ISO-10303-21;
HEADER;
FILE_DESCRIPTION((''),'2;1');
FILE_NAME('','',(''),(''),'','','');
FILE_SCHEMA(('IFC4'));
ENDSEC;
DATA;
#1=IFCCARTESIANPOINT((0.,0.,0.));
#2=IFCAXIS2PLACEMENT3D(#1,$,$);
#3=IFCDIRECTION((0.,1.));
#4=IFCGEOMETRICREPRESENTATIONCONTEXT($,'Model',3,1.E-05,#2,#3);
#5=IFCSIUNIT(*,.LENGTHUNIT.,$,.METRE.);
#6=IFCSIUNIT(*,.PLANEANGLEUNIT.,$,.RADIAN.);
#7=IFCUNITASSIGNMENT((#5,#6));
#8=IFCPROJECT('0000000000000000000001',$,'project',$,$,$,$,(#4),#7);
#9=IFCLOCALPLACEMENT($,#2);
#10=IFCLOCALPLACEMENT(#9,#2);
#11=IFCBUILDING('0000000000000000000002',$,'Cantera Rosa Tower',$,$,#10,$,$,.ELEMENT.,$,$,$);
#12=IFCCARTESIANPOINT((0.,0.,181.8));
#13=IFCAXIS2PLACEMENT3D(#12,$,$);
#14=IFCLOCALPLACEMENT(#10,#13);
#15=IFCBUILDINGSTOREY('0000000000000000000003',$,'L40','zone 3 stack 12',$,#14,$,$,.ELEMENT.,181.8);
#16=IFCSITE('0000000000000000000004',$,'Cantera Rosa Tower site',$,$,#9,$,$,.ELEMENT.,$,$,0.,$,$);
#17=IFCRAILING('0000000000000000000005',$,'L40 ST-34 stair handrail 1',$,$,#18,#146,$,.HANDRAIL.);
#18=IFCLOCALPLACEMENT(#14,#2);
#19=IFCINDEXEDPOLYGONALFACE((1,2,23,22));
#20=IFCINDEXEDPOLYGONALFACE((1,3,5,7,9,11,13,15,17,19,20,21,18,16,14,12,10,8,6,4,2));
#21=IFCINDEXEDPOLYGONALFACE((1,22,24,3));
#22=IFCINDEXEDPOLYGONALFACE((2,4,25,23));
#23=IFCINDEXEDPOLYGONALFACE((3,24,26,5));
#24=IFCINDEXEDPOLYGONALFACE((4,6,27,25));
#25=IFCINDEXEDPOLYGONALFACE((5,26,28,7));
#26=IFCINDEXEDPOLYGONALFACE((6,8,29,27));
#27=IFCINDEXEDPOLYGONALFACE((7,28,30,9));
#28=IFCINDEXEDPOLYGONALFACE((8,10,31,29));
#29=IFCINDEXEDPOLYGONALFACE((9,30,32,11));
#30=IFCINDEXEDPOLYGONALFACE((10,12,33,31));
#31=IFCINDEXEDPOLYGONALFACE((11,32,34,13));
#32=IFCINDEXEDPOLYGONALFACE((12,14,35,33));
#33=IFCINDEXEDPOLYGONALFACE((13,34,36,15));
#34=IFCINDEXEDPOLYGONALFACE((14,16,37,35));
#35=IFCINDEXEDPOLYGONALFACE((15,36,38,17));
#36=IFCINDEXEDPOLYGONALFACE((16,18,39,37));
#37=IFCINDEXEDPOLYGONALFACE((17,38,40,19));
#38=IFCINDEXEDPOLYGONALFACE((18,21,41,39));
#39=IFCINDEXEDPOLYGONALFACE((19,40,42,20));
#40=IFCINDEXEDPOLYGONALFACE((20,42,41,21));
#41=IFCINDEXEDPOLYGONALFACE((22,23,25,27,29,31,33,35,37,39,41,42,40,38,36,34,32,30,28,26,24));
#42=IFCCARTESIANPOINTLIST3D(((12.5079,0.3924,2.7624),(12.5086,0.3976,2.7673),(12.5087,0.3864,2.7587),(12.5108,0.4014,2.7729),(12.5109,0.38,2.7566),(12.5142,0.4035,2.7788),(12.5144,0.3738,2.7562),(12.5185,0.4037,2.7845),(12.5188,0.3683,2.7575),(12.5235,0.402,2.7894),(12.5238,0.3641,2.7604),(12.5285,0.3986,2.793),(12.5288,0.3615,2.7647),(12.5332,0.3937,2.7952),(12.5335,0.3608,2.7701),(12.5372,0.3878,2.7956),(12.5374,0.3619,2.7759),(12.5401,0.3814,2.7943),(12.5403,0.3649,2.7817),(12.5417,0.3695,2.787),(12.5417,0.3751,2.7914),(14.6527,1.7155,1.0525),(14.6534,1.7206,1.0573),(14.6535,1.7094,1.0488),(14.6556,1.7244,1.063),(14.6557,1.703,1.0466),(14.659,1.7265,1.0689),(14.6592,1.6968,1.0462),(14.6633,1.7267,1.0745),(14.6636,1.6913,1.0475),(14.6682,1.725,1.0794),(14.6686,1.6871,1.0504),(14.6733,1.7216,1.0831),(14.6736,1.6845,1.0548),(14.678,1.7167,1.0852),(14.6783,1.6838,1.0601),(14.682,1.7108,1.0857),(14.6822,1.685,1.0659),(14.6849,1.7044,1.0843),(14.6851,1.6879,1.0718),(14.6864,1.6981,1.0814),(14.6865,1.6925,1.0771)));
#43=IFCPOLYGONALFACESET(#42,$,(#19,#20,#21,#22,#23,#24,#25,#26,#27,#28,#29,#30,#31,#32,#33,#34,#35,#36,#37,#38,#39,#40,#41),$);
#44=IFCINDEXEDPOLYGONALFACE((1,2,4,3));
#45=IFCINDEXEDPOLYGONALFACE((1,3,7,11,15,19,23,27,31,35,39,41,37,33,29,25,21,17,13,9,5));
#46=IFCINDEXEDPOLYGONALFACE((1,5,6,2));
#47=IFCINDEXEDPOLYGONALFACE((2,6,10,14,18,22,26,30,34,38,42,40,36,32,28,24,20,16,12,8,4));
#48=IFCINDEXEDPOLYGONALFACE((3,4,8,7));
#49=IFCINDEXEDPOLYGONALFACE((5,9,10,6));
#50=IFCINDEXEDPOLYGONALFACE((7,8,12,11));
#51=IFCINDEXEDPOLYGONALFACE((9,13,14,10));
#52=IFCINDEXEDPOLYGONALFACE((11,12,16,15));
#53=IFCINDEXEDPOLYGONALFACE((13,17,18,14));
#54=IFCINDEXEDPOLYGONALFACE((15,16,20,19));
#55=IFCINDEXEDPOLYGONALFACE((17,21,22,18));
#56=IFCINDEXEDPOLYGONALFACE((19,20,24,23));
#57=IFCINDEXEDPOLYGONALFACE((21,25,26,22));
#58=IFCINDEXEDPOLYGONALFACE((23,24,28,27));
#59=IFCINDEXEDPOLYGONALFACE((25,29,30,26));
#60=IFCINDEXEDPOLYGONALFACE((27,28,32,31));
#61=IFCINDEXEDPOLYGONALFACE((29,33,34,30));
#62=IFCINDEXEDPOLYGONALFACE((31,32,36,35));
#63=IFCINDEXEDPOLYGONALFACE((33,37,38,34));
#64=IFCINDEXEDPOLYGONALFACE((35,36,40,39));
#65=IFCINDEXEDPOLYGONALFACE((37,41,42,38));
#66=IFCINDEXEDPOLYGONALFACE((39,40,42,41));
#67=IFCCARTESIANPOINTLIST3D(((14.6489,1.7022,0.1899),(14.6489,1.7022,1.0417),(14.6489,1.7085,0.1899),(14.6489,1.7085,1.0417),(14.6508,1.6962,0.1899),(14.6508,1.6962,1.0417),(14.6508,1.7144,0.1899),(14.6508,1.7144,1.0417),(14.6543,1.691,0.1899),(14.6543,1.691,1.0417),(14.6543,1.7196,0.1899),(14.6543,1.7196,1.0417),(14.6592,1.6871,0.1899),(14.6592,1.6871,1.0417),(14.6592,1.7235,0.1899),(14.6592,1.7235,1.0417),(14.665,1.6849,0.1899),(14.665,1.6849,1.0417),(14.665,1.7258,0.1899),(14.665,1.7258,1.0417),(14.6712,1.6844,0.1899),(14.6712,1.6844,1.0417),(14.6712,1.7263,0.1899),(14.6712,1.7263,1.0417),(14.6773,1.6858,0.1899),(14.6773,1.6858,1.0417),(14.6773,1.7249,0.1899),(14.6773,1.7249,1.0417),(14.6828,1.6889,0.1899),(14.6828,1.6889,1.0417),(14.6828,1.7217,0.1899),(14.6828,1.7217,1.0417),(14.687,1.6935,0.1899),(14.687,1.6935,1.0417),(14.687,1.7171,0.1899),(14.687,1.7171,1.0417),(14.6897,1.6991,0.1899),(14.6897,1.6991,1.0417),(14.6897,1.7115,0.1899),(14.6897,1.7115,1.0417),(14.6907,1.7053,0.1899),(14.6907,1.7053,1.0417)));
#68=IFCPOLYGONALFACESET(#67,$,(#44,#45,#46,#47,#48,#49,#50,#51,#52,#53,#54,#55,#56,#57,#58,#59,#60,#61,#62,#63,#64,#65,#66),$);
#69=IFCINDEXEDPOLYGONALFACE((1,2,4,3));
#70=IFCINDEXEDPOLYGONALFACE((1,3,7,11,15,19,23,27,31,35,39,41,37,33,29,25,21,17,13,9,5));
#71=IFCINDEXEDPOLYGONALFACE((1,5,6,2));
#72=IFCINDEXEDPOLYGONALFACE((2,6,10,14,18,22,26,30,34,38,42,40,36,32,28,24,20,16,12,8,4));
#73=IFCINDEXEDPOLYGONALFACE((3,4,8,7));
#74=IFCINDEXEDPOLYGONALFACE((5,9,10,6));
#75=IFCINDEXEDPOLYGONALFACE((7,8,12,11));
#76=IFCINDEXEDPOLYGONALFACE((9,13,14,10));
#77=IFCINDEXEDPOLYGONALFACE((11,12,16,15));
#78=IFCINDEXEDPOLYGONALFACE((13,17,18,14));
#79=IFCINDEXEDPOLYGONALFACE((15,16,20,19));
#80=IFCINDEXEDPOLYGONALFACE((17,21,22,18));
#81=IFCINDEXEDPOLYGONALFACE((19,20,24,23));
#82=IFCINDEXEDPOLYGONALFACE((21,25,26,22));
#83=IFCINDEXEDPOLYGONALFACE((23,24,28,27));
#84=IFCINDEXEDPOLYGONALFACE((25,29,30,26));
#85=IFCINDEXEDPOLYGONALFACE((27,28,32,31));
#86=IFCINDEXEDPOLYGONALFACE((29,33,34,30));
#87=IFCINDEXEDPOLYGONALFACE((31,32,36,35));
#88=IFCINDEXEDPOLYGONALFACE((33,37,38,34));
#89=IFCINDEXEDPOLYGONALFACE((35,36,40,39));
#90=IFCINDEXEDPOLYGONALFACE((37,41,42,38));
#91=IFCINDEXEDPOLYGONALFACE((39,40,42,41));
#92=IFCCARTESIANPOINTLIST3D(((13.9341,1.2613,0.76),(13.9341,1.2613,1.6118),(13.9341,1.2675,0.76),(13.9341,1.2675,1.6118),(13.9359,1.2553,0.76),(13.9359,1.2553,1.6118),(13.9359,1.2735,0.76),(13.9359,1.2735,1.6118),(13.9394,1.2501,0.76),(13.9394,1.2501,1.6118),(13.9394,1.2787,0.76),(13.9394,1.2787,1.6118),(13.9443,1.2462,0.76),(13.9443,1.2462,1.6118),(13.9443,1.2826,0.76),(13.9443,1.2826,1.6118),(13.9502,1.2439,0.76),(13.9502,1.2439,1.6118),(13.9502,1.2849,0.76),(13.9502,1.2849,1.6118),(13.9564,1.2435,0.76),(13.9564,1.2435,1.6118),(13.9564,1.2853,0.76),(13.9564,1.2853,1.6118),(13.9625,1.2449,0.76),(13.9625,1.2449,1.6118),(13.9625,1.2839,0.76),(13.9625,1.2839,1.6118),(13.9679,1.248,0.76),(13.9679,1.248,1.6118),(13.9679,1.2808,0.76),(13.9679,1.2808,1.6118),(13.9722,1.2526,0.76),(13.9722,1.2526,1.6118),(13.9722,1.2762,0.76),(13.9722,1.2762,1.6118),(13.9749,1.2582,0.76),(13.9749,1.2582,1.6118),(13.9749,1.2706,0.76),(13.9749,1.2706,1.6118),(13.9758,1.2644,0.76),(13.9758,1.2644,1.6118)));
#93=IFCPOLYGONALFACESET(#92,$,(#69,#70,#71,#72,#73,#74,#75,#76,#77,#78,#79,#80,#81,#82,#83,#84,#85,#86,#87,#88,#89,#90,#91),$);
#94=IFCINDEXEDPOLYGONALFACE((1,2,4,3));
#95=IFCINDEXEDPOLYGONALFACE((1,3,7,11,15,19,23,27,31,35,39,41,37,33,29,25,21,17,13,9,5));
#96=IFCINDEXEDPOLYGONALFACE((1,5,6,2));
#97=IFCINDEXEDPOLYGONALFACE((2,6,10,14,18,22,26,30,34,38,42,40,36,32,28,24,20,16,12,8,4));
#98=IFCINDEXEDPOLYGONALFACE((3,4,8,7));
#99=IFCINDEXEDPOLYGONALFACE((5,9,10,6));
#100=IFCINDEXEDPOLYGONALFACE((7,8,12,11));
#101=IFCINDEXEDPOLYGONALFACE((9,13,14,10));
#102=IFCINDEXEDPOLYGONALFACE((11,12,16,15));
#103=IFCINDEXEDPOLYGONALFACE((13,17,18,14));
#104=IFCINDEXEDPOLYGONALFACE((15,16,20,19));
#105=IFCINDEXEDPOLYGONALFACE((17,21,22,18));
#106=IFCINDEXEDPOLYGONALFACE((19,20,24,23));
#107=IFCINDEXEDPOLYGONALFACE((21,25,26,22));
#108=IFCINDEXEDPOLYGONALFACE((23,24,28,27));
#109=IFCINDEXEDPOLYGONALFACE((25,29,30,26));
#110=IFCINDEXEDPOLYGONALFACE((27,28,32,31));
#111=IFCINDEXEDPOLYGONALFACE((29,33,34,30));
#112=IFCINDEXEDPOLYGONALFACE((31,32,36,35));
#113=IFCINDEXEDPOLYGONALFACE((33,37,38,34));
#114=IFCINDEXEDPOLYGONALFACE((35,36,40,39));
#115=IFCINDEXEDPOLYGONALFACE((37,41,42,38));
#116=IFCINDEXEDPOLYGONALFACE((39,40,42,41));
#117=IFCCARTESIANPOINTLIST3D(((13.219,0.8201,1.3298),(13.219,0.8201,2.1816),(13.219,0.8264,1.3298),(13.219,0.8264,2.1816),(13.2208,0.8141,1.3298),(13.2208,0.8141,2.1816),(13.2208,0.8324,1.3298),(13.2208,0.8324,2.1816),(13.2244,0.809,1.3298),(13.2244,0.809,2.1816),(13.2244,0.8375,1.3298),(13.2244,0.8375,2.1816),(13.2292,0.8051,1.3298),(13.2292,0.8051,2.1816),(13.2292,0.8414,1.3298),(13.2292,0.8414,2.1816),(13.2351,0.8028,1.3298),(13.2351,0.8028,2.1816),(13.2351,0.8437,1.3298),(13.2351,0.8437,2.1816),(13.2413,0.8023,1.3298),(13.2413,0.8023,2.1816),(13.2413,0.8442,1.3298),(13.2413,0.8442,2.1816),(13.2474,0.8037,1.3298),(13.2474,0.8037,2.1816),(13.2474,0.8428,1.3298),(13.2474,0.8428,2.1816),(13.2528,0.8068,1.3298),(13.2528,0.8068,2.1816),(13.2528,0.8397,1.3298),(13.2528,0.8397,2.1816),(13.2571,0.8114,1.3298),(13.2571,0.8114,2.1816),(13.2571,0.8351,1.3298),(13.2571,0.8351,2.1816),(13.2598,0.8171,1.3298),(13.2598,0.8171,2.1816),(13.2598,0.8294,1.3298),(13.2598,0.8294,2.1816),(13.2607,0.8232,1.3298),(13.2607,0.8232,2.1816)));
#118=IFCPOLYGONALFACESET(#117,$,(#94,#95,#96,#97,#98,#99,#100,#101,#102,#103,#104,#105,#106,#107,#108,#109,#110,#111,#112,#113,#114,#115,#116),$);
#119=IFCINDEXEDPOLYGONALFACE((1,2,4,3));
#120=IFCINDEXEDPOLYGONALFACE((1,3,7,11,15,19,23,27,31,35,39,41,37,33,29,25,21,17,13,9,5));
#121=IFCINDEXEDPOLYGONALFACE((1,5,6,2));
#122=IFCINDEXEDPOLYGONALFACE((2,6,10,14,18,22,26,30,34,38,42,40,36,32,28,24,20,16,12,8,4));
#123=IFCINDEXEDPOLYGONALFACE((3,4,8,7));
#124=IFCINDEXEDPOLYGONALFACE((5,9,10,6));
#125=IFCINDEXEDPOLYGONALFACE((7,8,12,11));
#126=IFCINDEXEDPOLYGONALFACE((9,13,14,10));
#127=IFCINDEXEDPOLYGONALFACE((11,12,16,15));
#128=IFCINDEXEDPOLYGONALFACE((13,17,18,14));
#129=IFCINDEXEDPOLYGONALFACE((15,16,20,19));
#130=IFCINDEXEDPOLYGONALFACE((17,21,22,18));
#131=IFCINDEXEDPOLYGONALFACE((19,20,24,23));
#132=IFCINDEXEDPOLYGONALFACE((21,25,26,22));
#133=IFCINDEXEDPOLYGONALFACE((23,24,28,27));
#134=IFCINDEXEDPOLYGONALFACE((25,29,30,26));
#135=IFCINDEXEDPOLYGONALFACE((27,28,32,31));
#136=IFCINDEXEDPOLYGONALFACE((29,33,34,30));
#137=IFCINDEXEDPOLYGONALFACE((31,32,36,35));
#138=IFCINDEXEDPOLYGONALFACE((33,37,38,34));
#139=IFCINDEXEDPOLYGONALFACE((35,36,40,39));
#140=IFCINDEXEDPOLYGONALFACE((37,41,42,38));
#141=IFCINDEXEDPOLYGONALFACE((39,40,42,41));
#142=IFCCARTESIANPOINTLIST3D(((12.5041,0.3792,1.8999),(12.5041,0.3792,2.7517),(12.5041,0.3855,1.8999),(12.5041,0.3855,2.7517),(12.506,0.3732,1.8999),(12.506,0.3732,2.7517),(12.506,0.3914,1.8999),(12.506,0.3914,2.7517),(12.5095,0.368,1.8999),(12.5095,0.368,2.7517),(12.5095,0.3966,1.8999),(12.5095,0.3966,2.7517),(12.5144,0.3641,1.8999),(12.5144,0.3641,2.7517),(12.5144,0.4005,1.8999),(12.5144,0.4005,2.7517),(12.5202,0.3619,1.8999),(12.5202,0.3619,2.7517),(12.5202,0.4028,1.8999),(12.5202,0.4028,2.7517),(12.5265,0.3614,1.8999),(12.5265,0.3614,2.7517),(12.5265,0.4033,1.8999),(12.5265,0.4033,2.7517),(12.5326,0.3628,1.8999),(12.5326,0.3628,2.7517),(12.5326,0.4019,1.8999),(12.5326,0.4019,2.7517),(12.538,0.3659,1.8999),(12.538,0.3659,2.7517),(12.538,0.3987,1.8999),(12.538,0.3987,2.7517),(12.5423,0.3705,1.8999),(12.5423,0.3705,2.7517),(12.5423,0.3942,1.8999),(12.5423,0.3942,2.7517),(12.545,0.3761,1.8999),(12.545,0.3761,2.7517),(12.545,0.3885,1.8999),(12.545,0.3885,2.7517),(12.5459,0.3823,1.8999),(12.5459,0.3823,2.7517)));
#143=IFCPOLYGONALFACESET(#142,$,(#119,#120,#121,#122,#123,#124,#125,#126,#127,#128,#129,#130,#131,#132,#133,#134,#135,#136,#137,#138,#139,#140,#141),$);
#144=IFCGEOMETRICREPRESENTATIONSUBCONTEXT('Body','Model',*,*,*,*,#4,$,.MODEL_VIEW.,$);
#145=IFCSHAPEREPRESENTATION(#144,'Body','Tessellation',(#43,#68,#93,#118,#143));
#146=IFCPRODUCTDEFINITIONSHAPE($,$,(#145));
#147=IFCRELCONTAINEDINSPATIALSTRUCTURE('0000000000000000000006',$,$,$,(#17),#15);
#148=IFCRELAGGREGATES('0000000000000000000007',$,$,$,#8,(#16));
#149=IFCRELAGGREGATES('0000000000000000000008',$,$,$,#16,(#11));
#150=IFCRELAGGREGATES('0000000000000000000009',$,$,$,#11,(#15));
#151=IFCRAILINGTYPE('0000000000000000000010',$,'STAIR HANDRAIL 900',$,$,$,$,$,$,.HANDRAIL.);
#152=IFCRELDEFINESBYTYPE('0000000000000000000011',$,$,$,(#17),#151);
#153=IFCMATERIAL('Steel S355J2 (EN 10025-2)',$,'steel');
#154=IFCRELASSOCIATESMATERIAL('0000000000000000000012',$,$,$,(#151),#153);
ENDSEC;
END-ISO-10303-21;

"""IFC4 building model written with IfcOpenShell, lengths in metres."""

from ifc_helpers import new_model, si_unit, direction, frame, origin, origin_2d, place, context, subcontext, project, spatial, circle, extrude, material, type_object, element, save


model = new_model("IFC4")

# Units and contexts
model_context = context("Model", 3, precision=1e-05, world=origin(), true_north=direction((0.0, 1.0)))
body_context = subcontext(model_context, "Body", "Model", "MODEL_VIEW")
ifc_project = project(units=[si_unit("LENGTHUNIT", "METRE"), si_unit("PLANEANGLEUNIT", "RADIAN")], contexts=[model_context])

# Site, building, storey
site_placement = place(None, origin())
site = spatial("IfcSite", under=ifc_project, at=site_placement, Name="Cantera Rosa Tower site", CompositionType="ELEMENT", RefElevation=0.0)
building_placement = place(site_placement, origin())
building = spatial("IfcBuilding", under=site, at=building_placement, Name="Cantera Rosa Tower", CompositionType="ELEMENT")
storey_placement = place(building_placement, frame((0.0, 0.0, 181.8)))
storey = spatial("IfcBuildingStorey", under=building, at=storey_placement, Name="L40", Description="zone 3 stack 12", CompositionType="ELEMENT", Elevation=181.8)

# Railing
ifc_material_1 = material(Name="Steel S355J2 (EN 10025-2)", Category="steel")
railing_type_1 = type_object("IfcRailingType", Name="STAIR HANDRAIL 900", PredefinedType="HANDRAIL", material=ifc_material_1)
railing_1_placement = place(storey_placement, frame((14.6697, 1.7053, 0.1899)))
element("IfcRailing", 1, at=railing_1_placement, inside=storey, type_object=railing_type_1, Name="L40 ST-34 stair handrail 1", PredefinedType="HANDRAIL", context=body_context, shape_type="SweptSolid", body=[
    extrude(circle(Radius=0.0239, at=origin_2d()), frame((0.0, 0.0, 0.876), z_axis=(-0.704271, -0.434428, 0.561493), x_axis=(0.525, -0.851102, 0.0)), (0.0, 0.0, 1.0), 3.0454),
    extrude(circle(Radius=0.021, at=origin_2d()), origin(), (0.0, 0.0, 1.0), 0.8518),
    extrude(circle(Radius=0.021, at=origin_2d()), frame((-0.7148, -0.4409, 0.5701)), (0.0, 0.0, 1.0), 0.8518),
    extrude(circle(Radius=0.021, at=origin_2d()), frame((-1.4299, -0.8821, 1.1399)), (0.0, 0.0, 1.0), 0.8518),
    extrude(circle(Radius=0.021, at=origin_2d()), frame((-2.1448, -1.323, 1.71)), (0.0, 0.0, 1.0), 0.8518),
])

save(model, "model.ifc")
